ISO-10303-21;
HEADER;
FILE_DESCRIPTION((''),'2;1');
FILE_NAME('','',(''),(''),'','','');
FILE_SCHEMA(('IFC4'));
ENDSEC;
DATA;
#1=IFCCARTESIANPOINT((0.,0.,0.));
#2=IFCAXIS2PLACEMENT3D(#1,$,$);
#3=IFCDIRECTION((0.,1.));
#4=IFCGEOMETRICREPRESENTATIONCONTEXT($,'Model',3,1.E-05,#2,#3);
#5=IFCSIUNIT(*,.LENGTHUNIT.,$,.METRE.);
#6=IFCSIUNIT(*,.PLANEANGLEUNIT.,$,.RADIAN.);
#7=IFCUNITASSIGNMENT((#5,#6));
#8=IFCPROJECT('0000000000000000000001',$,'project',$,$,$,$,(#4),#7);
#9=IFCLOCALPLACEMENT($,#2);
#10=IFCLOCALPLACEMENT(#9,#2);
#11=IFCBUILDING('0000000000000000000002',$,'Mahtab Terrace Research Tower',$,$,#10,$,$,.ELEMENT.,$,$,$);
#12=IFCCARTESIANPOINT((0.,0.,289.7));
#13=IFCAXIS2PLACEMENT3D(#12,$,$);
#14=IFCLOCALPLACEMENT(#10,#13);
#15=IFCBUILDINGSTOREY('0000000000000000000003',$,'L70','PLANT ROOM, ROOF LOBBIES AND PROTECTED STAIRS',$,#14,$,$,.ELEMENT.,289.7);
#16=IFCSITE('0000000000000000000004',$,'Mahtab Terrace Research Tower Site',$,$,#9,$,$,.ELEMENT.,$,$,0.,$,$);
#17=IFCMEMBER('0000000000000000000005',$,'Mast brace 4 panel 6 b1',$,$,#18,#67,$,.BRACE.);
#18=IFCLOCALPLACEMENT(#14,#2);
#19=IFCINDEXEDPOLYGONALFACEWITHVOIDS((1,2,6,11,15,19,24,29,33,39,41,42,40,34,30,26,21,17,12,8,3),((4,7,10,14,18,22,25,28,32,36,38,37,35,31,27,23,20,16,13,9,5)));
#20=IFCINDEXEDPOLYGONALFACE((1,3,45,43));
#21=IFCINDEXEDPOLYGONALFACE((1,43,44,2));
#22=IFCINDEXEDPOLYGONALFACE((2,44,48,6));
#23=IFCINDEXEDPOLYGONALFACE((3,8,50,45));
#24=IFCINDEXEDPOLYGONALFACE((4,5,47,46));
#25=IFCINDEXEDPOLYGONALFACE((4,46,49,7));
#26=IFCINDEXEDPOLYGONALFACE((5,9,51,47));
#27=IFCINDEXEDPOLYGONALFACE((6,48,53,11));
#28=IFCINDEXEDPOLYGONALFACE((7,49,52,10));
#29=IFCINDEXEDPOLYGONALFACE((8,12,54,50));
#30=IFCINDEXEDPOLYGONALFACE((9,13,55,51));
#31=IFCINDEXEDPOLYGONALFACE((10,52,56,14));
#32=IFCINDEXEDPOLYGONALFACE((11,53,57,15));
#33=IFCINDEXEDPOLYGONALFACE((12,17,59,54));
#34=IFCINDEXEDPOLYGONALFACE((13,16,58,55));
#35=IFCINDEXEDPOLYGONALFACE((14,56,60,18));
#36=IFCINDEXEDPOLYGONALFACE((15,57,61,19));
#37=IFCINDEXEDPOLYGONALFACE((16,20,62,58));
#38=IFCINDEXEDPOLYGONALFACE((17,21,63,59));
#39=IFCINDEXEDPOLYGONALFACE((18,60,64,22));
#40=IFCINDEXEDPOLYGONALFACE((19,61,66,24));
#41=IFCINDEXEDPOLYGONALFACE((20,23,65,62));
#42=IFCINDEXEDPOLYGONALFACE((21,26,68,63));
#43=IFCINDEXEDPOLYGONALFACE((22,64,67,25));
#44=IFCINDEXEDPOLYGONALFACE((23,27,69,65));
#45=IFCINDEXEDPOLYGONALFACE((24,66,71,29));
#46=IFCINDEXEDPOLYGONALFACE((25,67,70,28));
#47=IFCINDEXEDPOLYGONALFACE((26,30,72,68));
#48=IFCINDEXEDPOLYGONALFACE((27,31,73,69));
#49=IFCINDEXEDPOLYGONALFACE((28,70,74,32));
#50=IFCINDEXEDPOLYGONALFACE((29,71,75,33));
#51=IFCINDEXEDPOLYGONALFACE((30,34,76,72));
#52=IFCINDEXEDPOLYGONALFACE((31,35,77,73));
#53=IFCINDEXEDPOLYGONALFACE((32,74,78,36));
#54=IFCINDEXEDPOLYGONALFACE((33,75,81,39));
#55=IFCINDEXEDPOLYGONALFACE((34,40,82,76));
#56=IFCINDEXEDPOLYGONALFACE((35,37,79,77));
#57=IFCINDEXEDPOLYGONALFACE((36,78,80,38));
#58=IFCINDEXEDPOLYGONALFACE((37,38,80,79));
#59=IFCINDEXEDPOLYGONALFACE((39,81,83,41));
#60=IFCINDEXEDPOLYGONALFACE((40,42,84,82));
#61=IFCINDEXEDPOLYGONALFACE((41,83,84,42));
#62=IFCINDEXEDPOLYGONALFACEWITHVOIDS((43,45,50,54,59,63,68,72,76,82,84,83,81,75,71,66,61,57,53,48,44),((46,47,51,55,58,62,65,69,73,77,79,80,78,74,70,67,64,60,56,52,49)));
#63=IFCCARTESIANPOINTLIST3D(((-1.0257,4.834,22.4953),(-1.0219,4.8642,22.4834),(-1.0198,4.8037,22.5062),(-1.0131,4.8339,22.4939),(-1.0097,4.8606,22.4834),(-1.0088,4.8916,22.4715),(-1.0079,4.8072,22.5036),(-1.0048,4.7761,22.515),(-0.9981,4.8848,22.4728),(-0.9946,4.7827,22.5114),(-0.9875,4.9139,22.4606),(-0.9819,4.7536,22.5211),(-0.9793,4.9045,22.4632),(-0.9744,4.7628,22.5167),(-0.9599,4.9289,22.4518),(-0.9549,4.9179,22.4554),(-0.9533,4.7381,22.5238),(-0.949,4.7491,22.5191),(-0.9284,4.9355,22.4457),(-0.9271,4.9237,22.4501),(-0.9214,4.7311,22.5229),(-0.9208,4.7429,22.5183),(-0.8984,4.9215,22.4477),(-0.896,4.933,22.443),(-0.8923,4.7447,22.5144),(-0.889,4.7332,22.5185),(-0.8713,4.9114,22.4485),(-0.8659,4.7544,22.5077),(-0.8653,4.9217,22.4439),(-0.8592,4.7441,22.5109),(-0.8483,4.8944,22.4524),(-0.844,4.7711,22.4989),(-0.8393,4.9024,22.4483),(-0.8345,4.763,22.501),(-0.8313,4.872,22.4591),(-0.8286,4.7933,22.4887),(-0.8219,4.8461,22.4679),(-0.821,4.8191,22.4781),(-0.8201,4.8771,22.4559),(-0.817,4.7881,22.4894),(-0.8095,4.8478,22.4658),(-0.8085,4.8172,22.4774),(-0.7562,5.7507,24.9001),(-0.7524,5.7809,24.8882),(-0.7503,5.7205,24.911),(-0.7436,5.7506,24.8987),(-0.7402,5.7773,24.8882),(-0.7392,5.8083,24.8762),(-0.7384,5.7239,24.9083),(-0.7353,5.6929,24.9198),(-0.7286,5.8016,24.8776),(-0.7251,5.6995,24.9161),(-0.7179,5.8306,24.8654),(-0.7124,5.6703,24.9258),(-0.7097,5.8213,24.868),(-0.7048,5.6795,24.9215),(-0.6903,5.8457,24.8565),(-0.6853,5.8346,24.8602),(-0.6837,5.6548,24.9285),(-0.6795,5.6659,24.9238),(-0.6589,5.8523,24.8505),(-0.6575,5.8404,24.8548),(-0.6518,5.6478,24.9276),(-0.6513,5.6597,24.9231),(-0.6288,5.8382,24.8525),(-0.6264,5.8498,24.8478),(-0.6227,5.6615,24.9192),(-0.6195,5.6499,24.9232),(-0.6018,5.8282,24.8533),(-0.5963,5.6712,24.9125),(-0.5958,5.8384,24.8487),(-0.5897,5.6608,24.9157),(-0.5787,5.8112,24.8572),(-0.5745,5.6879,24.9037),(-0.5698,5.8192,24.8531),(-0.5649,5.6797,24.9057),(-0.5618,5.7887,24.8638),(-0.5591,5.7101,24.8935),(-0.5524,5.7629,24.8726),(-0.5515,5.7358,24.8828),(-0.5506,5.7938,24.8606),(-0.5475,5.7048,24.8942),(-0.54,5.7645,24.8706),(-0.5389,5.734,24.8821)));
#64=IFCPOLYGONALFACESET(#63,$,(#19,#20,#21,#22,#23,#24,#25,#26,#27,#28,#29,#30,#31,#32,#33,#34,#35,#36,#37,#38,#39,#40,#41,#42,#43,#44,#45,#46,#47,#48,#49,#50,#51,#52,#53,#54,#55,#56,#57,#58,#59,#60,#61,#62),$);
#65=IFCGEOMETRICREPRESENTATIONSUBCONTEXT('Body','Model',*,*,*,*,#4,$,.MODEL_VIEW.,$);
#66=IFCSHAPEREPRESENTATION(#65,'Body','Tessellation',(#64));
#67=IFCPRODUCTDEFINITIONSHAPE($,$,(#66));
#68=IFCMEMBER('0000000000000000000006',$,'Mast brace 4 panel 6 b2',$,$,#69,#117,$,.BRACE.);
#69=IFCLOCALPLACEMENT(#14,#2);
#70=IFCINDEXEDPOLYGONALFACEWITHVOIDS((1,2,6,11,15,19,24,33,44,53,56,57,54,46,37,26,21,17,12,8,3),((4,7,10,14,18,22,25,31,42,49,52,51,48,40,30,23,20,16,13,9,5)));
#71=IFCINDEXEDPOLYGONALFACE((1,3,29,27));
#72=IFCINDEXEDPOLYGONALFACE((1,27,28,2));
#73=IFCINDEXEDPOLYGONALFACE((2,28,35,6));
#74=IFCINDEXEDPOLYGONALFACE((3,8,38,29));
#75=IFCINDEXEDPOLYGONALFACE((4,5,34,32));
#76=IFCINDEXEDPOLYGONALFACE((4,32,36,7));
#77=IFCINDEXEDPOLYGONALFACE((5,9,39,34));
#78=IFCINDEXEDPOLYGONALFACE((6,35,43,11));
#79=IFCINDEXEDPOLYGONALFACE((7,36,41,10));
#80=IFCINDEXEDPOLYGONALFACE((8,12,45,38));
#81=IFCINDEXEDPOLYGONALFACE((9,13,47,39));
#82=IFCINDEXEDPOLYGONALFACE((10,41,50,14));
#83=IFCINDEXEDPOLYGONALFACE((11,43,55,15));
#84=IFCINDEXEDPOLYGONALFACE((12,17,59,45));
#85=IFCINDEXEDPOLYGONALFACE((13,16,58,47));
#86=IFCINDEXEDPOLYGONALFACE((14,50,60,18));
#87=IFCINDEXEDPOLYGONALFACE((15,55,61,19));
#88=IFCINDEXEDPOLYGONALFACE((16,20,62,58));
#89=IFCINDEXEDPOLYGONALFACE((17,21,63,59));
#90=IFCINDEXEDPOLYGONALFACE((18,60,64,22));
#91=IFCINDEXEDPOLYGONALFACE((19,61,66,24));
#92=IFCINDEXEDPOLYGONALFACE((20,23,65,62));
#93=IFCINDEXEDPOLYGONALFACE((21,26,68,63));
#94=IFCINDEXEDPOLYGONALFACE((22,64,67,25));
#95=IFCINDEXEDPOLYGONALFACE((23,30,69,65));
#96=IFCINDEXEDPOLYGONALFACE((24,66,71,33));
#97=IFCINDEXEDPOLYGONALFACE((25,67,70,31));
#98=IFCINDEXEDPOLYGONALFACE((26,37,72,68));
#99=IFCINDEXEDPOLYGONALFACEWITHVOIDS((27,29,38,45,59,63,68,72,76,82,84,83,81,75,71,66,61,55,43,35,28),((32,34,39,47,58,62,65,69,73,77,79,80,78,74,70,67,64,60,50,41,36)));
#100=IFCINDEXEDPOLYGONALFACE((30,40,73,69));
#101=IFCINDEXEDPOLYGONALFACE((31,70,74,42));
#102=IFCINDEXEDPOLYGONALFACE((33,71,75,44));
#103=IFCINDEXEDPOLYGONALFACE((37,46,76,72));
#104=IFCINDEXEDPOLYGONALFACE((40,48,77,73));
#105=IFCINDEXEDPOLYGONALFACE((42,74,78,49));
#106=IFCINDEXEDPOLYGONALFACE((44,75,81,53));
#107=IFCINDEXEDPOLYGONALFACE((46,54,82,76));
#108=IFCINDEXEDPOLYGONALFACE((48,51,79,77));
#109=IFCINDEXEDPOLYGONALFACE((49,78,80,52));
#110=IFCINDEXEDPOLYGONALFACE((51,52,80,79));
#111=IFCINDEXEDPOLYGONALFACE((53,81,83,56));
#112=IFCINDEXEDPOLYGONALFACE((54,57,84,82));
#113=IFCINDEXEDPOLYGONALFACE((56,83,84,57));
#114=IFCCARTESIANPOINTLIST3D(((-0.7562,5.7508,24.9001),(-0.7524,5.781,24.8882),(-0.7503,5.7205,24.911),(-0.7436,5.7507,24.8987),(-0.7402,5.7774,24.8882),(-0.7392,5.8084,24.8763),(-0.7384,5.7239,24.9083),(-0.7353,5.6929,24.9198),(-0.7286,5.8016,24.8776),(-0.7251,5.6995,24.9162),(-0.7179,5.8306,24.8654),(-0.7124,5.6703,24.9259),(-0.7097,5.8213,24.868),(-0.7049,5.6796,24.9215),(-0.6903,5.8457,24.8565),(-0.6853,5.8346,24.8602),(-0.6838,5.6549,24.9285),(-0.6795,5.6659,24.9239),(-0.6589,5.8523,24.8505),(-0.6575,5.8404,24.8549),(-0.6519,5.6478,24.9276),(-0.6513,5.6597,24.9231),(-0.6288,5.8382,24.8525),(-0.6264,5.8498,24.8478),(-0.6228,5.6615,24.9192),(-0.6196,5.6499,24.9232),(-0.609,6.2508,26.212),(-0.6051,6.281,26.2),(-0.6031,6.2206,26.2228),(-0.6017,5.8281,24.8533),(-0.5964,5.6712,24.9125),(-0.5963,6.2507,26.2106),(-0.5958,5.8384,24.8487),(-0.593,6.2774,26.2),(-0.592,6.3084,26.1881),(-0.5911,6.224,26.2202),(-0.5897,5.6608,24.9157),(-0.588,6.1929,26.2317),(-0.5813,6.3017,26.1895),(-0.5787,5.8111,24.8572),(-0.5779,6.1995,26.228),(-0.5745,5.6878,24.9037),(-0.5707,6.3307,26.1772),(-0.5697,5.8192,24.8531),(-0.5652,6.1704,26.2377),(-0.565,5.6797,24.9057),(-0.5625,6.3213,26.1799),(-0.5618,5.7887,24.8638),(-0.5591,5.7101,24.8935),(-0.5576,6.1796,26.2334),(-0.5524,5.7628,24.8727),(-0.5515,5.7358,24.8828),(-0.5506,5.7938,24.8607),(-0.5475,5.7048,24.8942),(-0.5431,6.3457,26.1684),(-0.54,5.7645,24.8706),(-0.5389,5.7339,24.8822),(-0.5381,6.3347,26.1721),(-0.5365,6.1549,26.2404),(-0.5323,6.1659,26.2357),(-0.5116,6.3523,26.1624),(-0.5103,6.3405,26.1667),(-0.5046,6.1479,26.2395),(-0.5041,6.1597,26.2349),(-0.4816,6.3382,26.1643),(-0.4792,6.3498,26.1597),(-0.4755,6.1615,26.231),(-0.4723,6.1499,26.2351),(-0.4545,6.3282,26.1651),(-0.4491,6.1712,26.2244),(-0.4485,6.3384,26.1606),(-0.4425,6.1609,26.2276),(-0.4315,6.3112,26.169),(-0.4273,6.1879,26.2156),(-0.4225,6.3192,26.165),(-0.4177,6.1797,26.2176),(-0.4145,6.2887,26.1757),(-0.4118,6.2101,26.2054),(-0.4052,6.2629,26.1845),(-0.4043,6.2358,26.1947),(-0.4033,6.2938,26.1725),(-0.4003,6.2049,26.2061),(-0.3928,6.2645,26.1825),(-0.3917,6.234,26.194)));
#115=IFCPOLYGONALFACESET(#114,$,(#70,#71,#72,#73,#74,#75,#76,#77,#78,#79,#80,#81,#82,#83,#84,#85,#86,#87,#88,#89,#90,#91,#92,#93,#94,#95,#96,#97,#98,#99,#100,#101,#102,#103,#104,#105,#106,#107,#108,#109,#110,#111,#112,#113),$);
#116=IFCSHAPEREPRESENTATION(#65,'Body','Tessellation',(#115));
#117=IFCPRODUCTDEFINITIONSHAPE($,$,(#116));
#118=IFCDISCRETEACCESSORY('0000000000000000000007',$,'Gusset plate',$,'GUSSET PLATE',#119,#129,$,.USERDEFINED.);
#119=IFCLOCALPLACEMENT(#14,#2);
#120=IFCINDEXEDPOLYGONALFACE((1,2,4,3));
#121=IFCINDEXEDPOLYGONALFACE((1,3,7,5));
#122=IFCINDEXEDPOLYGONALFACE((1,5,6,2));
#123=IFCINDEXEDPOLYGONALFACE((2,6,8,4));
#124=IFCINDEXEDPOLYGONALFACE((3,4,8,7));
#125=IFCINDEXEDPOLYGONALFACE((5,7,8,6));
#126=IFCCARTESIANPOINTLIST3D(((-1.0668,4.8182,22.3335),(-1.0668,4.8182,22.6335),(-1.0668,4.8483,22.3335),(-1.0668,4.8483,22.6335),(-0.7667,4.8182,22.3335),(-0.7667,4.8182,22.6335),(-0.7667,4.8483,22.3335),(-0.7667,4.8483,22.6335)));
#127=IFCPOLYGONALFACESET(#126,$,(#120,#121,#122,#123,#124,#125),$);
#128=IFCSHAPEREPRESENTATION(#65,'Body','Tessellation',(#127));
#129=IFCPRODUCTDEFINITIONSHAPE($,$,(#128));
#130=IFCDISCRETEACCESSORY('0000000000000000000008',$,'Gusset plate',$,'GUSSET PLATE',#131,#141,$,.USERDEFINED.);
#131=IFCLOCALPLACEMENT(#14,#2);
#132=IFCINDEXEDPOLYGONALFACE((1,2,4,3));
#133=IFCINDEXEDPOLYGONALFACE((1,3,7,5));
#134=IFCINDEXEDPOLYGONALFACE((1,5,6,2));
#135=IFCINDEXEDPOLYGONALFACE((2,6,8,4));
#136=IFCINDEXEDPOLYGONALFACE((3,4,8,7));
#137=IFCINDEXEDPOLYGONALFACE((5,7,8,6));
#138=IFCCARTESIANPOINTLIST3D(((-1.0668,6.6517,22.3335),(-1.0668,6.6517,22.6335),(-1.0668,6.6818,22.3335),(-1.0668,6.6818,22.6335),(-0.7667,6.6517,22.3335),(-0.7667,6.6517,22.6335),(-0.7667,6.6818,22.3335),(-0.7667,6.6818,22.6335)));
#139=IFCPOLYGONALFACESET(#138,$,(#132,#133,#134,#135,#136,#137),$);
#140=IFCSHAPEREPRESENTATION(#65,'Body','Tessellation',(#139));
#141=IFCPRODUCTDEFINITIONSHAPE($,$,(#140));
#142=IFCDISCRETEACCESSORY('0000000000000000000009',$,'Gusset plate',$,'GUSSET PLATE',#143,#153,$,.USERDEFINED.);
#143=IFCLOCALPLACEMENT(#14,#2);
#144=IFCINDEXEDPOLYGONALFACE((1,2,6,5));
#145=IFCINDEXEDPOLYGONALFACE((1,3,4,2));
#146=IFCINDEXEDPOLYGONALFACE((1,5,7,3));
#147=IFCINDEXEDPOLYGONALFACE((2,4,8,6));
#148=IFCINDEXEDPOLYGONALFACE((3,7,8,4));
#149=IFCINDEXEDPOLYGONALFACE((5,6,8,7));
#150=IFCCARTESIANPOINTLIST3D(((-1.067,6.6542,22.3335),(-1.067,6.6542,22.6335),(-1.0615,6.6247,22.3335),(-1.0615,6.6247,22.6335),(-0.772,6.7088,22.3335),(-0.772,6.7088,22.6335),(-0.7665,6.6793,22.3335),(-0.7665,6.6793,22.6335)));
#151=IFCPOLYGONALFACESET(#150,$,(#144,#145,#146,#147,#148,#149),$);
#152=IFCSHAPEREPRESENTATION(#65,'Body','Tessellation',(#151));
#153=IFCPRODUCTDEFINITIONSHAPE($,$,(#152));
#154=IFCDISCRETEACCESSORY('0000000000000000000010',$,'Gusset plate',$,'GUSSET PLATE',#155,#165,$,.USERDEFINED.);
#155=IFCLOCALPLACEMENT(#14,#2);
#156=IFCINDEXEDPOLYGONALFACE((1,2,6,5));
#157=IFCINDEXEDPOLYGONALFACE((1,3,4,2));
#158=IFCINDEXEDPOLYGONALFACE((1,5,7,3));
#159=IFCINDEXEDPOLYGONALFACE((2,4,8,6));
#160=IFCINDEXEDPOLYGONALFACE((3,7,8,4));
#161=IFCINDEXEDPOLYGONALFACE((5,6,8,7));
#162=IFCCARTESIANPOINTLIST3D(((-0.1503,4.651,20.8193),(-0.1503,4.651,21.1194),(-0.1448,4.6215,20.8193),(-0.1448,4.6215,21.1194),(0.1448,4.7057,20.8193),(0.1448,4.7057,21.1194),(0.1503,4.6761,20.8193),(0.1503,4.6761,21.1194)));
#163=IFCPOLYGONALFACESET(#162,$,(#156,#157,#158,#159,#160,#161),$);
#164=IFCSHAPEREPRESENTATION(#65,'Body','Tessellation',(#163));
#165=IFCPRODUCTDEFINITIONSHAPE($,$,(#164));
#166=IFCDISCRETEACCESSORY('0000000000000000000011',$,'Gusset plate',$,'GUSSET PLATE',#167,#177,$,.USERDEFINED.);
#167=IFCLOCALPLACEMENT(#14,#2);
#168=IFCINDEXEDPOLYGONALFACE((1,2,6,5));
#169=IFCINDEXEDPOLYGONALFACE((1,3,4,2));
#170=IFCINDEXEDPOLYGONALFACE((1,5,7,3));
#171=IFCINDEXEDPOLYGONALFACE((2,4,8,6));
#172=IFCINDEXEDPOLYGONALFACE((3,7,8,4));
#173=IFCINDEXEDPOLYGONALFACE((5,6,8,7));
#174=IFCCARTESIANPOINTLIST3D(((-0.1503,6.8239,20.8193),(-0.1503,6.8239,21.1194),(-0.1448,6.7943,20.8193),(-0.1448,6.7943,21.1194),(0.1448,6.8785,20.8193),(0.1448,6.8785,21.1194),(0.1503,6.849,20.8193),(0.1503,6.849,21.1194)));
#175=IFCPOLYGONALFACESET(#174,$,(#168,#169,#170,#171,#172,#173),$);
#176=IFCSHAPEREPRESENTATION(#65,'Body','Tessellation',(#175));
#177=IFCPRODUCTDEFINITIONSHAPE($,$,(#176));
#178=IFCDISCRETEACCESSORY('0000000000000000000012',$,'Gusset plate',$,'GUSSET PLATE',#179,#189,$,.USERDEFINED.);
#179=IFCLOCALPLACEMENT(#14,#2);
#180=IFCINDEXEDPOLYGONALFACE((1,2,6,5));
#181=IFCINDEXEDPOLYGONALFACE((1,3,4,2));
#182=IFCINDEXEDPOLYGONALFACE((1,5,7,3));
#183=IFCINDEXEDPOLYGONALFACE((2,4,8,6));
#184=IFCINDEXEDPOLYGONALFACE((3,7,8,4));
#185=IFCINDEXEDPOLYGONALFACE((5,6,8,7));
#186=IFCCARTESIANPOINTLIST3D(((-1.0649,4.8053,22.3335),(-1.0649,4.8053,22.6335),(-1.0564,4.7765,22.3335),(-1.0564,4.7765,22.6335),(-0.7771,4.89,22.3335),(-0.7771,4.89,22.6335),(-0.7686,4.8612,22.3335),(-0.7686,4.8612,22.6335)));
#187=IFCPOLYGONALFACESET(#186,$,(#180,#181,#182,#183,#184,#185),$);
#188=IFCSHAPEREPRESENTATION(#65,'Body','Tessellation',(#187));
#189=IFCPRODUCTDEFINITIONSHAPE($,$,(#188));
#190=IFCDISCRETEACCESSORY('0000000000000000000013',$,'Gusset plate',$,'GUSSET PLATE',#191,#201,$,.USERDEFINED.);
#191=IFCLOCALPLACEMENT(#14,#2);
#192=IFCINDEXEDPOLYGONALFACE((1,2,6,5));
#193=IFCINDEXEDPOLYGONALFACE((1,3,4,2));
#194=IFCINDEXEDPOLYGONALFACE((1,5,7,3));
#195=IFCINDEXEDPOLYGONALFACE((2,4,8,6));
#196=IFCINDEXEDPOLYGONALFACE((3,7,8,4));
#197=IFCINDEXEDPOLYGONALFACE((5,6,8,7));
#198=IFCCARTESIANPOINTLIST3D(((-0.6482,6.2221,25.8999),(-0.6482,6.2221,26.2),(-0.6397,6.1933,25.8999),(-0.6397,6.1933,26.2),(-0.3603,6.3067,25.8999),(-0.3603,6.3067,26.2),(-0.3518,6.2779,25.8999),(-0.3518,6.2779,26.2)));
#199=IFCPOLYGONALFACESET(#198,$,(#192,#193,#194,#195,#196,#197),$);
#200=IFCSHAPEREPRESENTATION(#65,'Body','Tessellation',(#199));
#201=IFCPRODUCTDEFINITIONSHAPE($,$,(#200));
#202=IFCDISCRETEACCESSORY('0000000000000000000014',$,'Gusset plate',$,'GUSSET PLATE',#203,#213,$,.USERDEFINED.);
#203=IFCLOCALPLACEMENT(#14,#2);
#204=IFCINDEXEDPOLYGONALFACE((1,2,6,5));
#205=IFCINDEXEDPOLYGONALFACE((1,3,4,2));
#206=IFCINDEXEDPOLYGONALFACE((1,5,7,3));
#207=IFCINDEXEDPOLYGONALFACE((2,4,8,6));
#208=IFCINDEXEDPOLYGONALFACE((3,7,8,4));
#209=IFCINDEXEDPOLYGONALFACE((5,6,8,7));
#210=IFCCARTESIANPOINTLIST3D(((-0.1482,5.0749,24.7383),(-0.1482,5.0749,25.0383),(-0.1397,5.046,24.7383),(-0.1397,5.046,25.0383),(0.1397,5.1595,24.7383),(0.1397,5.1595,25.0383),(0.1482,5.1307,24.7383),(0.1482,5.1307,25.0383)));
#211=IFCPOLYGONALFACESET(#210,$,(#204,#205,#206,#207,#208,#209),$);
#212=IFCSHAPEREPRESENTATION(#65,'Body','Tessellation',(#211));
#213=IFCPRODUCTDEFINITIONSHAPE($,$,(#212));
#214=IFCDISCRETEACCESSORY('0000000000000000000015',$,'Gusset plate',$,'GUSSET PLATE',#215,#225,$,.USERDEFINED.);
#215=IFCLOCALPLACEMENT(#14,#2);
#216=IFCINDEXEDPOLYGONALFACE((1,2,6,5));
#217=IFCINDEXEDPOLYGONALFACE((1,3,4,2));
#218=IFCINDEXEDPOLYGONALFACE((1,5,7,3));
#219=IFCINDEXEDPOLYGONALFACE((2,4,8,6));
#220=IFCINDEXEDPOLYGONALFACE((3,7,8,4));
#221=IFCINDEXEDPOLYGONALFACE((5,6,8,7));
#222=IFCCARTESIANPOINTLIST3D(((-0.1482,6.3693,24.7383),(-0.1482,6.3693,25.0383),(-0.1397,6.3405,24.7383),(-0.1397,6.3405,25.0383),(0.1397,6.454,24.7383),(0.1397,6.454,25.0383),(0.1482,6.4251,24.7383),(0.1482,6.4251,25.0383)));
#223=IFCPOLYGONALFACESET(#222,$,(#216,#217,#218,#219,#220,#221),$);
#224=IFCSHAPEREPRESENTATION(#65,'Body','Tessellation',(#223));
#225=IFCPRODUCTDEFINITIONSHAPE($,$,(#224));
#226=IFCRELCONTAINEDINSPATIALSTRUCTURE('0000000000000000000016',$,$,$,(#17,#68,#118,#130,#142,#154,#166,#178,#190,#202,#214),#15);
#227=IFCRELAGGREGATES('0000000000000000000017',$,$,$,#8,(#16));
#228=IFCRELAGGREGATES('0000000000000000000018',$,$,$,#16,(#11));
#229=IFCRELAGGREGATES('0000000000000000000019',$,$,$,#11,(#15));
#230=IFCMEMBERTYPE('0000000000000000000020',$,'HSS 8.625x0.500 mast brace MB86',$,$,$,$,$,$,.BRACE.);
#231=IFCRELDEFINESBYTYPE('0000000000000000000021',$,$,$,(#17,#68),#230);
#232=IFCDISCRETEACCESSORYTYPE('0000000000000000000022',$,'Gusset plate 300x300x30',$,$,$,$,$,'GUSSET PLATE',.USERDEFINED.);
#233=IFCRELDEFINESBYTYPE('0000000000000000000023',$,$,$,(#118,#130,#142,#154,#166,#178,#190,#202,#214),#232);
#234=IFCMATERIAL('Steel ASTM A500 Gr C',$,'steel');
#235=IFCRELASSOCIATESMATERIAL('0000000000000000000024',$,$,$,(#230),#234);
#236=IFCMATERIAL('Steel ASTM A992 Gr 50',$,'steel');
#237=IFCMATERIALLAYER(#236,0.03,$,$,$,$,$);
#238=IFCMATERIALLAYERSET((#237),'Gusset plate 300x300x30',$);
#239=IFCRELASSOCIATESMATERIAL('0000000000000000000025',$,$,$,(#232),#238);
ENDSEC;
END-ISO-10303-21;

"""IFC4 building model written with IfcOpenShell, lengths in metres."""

from ifc_helpers import new_model, si_unit, direction, frame, origin, origin_2d, place, context, subcontext, project, spatial, rectangle, hollow_circle, extrude, material, layer, layer_set, material_profile, profile_set, type_object, element, save


model = new_model("IFC4")

# Units and contexts
model_context = context("Model", 3, precision=1e-05, world=origin(), true_north=direction((0.0, 1.0)))
body_context = subcontext(model_context, "Body", "Model", "MODEL_VIEW")
ifc_project = project(units=[si_unit("LENGTHUNIT", "METRE"), si_unit("PLANEANGLEUNIT", "RADIAN")], contexts=[model_context])

# Site, building, storey
site_placement = place(None, origin())
site = spatial("IfcSite", under=ifc_project, at=site_placement, Name="Mahtab Terrace Research Tower Site", CompositionType="ELEMENT", RefElevation=0.0)
building_placement = place(site_placement, origin())
building = spatial("IfcBuilding", under=site, at=building_placement, Name="Mahtab Terrace Research Tower", CompositionType="ELEMENT")
storey_placement = place(building_placement, frame((0.0, 0.0, 289.7)))
storey = spatial("IfcBuildingStorey", under=building, at=storey_placement, Name="L70", Description="PLANT ROOM, ROOF LOBBIES AND PROTECTED STAIRS", CompositionType="ELEMENT", Elevation=289.7)

# Members
ifc_material_1 = material(Name="Steel ASTM A500 Gr C", Category="steel")
ifc_material_profile_1 = material_profile(ifc_material_1, hollow_circle(Radius=0.1096, WallThickness=0.0127, at=origin_2d()), Name="HSS8.625X0.500")
ifc_profile_set_1 = profile_set([ifc_material_profile_1], Name="Steel ASTM A500 Gr C")
member_type_1 = type_object("IfcMemberType", Name="HSS 8.625x0.500 mast brace MB86", PredefinedType="BRACE", material=ifc_profile_set_1)
member_1_placement = place(storey_placement, frame((-0.9167, 4.8333, 22.4834), z_axis=(0.10416, 0.354275, 0.929322), x_axis=(-0.959394, 0.282069, 0.0)))
element("IfcMember", 1, at=member_1_placement, inside=storey, type_object=member_type_1, Name="Mast brace 4 panel 6 b1", PredefinedType="BRACE", context=body_context, shape_type="SweptSolid", body=[
    extrude(hollow_circle(Radius=0.1096, WallThickness=0.0127, at=origin_2d()), origin(), (0.0, 0.0, 1.0), 2.5876),
])
member_2_placement = place(storey_placement, frame((-0.6472, 5.75, 24.8882), z_axis=(0.104296, 0.354226, 0.929326), x_axis=(-0.959283, 0.282445, 0.0)))
element("IfcMember", 2, at=member_2_placement, inside=storey, type_object=member_type_1, Name="Mast brace 4 panel 6 b2", PredefinedType="BRACE", context=body_context, shape_type="SweptSolid", body=[
    extrude(hollow_circle(Radius=0.1096, WallThickness=0.0127, at=origin_2d()), origin(), (0.0, 0.0, 1.0), 1.4116),
])

# Discrete accessories
ifc_material_2 = material(Name="Steel ASTM A992 Gr 50", Category="steel")
ifc_layer = layer(ifc_material_2, 0.03)
ifc_layer_set = layer_set([ifc_layer], Name="Gusset plate 300x300x30")
discrete_accessory_type = type_object("IfcDiscreteAccessoryType", Name="Gusset plate 300x300x30", ElementType="GUSSET PLATE", PredefinedType="USERDEFINED", material=ifc_layer_set)
for number, where, z_axis, x_axis, name in (
    (3, (-0.9167, 4.8333, 22.3335), (0.0, 0.0, 1.0), (1.0, 0.0, 0.0), "Gusset plate"),
    (4, (-0.9167, 6.6667, 22.3335), (0.0, 0.0, 1.0), (1.0, 0.0, 0.0), "Gusset plate"),
    (5, (-0.9167, 6.6667, 22.3335), (0.0, 0.0, 1.0), (0.983284, 0.182081, 0.0), "Gusset plate"),
    (6, (0.0, 4.6636, 20.8193), (0.0, 0.0, 1.0), (0.983284, 0.182081, 0.0), "Gusset plate"),
    (7, (0.0, 6.8364, 20.8193), (0.0, 0.0, 1.0), (0.983284, 0.182081, 0.0), "Gusset plate"),
    (8, (-0.9167, 4.8333, 22.3335), (0.0, 0.0, 1.0), (0.959363, 0.282174, 0.0), "Gusset plate"),
    (9, (-0.5, 6.25, 25.8999), (0.0, 0.0, 1.0), (0.959363, 0.282174, 0.0), "Gusset plate"),
    (10, (0.0, 5.1028, 24.7383), (0.0, 0.0, 1.0), (0.959363, 0.282174, 0.0), "Gusset plate"),
    (11, (0.0, 6.3972, 24.7383), (0.0, 0.0, 1.0), (0.959363, 0.282174, 0.0), "Gusset plate"),
):
    element("IfcDiscreteAccessory", number, at=place(storey_placement, frame(where, z_axis=z_axis, x_axis=x_axis)), inside=storey, type_object=discrete_accessory_type, Name=name, ObjectType="GUSSET PLATE", PredefinedType="USERDEFINED", context=body_context, shape_type="SweptSolid", body=[
        extrude(rectangle(XDim=0.3, YDim=0.03, at=origin_2d()), origin(), (0.0, 0.0, 1.0), 0.3),
    ])

save(model, "model.ifc")
